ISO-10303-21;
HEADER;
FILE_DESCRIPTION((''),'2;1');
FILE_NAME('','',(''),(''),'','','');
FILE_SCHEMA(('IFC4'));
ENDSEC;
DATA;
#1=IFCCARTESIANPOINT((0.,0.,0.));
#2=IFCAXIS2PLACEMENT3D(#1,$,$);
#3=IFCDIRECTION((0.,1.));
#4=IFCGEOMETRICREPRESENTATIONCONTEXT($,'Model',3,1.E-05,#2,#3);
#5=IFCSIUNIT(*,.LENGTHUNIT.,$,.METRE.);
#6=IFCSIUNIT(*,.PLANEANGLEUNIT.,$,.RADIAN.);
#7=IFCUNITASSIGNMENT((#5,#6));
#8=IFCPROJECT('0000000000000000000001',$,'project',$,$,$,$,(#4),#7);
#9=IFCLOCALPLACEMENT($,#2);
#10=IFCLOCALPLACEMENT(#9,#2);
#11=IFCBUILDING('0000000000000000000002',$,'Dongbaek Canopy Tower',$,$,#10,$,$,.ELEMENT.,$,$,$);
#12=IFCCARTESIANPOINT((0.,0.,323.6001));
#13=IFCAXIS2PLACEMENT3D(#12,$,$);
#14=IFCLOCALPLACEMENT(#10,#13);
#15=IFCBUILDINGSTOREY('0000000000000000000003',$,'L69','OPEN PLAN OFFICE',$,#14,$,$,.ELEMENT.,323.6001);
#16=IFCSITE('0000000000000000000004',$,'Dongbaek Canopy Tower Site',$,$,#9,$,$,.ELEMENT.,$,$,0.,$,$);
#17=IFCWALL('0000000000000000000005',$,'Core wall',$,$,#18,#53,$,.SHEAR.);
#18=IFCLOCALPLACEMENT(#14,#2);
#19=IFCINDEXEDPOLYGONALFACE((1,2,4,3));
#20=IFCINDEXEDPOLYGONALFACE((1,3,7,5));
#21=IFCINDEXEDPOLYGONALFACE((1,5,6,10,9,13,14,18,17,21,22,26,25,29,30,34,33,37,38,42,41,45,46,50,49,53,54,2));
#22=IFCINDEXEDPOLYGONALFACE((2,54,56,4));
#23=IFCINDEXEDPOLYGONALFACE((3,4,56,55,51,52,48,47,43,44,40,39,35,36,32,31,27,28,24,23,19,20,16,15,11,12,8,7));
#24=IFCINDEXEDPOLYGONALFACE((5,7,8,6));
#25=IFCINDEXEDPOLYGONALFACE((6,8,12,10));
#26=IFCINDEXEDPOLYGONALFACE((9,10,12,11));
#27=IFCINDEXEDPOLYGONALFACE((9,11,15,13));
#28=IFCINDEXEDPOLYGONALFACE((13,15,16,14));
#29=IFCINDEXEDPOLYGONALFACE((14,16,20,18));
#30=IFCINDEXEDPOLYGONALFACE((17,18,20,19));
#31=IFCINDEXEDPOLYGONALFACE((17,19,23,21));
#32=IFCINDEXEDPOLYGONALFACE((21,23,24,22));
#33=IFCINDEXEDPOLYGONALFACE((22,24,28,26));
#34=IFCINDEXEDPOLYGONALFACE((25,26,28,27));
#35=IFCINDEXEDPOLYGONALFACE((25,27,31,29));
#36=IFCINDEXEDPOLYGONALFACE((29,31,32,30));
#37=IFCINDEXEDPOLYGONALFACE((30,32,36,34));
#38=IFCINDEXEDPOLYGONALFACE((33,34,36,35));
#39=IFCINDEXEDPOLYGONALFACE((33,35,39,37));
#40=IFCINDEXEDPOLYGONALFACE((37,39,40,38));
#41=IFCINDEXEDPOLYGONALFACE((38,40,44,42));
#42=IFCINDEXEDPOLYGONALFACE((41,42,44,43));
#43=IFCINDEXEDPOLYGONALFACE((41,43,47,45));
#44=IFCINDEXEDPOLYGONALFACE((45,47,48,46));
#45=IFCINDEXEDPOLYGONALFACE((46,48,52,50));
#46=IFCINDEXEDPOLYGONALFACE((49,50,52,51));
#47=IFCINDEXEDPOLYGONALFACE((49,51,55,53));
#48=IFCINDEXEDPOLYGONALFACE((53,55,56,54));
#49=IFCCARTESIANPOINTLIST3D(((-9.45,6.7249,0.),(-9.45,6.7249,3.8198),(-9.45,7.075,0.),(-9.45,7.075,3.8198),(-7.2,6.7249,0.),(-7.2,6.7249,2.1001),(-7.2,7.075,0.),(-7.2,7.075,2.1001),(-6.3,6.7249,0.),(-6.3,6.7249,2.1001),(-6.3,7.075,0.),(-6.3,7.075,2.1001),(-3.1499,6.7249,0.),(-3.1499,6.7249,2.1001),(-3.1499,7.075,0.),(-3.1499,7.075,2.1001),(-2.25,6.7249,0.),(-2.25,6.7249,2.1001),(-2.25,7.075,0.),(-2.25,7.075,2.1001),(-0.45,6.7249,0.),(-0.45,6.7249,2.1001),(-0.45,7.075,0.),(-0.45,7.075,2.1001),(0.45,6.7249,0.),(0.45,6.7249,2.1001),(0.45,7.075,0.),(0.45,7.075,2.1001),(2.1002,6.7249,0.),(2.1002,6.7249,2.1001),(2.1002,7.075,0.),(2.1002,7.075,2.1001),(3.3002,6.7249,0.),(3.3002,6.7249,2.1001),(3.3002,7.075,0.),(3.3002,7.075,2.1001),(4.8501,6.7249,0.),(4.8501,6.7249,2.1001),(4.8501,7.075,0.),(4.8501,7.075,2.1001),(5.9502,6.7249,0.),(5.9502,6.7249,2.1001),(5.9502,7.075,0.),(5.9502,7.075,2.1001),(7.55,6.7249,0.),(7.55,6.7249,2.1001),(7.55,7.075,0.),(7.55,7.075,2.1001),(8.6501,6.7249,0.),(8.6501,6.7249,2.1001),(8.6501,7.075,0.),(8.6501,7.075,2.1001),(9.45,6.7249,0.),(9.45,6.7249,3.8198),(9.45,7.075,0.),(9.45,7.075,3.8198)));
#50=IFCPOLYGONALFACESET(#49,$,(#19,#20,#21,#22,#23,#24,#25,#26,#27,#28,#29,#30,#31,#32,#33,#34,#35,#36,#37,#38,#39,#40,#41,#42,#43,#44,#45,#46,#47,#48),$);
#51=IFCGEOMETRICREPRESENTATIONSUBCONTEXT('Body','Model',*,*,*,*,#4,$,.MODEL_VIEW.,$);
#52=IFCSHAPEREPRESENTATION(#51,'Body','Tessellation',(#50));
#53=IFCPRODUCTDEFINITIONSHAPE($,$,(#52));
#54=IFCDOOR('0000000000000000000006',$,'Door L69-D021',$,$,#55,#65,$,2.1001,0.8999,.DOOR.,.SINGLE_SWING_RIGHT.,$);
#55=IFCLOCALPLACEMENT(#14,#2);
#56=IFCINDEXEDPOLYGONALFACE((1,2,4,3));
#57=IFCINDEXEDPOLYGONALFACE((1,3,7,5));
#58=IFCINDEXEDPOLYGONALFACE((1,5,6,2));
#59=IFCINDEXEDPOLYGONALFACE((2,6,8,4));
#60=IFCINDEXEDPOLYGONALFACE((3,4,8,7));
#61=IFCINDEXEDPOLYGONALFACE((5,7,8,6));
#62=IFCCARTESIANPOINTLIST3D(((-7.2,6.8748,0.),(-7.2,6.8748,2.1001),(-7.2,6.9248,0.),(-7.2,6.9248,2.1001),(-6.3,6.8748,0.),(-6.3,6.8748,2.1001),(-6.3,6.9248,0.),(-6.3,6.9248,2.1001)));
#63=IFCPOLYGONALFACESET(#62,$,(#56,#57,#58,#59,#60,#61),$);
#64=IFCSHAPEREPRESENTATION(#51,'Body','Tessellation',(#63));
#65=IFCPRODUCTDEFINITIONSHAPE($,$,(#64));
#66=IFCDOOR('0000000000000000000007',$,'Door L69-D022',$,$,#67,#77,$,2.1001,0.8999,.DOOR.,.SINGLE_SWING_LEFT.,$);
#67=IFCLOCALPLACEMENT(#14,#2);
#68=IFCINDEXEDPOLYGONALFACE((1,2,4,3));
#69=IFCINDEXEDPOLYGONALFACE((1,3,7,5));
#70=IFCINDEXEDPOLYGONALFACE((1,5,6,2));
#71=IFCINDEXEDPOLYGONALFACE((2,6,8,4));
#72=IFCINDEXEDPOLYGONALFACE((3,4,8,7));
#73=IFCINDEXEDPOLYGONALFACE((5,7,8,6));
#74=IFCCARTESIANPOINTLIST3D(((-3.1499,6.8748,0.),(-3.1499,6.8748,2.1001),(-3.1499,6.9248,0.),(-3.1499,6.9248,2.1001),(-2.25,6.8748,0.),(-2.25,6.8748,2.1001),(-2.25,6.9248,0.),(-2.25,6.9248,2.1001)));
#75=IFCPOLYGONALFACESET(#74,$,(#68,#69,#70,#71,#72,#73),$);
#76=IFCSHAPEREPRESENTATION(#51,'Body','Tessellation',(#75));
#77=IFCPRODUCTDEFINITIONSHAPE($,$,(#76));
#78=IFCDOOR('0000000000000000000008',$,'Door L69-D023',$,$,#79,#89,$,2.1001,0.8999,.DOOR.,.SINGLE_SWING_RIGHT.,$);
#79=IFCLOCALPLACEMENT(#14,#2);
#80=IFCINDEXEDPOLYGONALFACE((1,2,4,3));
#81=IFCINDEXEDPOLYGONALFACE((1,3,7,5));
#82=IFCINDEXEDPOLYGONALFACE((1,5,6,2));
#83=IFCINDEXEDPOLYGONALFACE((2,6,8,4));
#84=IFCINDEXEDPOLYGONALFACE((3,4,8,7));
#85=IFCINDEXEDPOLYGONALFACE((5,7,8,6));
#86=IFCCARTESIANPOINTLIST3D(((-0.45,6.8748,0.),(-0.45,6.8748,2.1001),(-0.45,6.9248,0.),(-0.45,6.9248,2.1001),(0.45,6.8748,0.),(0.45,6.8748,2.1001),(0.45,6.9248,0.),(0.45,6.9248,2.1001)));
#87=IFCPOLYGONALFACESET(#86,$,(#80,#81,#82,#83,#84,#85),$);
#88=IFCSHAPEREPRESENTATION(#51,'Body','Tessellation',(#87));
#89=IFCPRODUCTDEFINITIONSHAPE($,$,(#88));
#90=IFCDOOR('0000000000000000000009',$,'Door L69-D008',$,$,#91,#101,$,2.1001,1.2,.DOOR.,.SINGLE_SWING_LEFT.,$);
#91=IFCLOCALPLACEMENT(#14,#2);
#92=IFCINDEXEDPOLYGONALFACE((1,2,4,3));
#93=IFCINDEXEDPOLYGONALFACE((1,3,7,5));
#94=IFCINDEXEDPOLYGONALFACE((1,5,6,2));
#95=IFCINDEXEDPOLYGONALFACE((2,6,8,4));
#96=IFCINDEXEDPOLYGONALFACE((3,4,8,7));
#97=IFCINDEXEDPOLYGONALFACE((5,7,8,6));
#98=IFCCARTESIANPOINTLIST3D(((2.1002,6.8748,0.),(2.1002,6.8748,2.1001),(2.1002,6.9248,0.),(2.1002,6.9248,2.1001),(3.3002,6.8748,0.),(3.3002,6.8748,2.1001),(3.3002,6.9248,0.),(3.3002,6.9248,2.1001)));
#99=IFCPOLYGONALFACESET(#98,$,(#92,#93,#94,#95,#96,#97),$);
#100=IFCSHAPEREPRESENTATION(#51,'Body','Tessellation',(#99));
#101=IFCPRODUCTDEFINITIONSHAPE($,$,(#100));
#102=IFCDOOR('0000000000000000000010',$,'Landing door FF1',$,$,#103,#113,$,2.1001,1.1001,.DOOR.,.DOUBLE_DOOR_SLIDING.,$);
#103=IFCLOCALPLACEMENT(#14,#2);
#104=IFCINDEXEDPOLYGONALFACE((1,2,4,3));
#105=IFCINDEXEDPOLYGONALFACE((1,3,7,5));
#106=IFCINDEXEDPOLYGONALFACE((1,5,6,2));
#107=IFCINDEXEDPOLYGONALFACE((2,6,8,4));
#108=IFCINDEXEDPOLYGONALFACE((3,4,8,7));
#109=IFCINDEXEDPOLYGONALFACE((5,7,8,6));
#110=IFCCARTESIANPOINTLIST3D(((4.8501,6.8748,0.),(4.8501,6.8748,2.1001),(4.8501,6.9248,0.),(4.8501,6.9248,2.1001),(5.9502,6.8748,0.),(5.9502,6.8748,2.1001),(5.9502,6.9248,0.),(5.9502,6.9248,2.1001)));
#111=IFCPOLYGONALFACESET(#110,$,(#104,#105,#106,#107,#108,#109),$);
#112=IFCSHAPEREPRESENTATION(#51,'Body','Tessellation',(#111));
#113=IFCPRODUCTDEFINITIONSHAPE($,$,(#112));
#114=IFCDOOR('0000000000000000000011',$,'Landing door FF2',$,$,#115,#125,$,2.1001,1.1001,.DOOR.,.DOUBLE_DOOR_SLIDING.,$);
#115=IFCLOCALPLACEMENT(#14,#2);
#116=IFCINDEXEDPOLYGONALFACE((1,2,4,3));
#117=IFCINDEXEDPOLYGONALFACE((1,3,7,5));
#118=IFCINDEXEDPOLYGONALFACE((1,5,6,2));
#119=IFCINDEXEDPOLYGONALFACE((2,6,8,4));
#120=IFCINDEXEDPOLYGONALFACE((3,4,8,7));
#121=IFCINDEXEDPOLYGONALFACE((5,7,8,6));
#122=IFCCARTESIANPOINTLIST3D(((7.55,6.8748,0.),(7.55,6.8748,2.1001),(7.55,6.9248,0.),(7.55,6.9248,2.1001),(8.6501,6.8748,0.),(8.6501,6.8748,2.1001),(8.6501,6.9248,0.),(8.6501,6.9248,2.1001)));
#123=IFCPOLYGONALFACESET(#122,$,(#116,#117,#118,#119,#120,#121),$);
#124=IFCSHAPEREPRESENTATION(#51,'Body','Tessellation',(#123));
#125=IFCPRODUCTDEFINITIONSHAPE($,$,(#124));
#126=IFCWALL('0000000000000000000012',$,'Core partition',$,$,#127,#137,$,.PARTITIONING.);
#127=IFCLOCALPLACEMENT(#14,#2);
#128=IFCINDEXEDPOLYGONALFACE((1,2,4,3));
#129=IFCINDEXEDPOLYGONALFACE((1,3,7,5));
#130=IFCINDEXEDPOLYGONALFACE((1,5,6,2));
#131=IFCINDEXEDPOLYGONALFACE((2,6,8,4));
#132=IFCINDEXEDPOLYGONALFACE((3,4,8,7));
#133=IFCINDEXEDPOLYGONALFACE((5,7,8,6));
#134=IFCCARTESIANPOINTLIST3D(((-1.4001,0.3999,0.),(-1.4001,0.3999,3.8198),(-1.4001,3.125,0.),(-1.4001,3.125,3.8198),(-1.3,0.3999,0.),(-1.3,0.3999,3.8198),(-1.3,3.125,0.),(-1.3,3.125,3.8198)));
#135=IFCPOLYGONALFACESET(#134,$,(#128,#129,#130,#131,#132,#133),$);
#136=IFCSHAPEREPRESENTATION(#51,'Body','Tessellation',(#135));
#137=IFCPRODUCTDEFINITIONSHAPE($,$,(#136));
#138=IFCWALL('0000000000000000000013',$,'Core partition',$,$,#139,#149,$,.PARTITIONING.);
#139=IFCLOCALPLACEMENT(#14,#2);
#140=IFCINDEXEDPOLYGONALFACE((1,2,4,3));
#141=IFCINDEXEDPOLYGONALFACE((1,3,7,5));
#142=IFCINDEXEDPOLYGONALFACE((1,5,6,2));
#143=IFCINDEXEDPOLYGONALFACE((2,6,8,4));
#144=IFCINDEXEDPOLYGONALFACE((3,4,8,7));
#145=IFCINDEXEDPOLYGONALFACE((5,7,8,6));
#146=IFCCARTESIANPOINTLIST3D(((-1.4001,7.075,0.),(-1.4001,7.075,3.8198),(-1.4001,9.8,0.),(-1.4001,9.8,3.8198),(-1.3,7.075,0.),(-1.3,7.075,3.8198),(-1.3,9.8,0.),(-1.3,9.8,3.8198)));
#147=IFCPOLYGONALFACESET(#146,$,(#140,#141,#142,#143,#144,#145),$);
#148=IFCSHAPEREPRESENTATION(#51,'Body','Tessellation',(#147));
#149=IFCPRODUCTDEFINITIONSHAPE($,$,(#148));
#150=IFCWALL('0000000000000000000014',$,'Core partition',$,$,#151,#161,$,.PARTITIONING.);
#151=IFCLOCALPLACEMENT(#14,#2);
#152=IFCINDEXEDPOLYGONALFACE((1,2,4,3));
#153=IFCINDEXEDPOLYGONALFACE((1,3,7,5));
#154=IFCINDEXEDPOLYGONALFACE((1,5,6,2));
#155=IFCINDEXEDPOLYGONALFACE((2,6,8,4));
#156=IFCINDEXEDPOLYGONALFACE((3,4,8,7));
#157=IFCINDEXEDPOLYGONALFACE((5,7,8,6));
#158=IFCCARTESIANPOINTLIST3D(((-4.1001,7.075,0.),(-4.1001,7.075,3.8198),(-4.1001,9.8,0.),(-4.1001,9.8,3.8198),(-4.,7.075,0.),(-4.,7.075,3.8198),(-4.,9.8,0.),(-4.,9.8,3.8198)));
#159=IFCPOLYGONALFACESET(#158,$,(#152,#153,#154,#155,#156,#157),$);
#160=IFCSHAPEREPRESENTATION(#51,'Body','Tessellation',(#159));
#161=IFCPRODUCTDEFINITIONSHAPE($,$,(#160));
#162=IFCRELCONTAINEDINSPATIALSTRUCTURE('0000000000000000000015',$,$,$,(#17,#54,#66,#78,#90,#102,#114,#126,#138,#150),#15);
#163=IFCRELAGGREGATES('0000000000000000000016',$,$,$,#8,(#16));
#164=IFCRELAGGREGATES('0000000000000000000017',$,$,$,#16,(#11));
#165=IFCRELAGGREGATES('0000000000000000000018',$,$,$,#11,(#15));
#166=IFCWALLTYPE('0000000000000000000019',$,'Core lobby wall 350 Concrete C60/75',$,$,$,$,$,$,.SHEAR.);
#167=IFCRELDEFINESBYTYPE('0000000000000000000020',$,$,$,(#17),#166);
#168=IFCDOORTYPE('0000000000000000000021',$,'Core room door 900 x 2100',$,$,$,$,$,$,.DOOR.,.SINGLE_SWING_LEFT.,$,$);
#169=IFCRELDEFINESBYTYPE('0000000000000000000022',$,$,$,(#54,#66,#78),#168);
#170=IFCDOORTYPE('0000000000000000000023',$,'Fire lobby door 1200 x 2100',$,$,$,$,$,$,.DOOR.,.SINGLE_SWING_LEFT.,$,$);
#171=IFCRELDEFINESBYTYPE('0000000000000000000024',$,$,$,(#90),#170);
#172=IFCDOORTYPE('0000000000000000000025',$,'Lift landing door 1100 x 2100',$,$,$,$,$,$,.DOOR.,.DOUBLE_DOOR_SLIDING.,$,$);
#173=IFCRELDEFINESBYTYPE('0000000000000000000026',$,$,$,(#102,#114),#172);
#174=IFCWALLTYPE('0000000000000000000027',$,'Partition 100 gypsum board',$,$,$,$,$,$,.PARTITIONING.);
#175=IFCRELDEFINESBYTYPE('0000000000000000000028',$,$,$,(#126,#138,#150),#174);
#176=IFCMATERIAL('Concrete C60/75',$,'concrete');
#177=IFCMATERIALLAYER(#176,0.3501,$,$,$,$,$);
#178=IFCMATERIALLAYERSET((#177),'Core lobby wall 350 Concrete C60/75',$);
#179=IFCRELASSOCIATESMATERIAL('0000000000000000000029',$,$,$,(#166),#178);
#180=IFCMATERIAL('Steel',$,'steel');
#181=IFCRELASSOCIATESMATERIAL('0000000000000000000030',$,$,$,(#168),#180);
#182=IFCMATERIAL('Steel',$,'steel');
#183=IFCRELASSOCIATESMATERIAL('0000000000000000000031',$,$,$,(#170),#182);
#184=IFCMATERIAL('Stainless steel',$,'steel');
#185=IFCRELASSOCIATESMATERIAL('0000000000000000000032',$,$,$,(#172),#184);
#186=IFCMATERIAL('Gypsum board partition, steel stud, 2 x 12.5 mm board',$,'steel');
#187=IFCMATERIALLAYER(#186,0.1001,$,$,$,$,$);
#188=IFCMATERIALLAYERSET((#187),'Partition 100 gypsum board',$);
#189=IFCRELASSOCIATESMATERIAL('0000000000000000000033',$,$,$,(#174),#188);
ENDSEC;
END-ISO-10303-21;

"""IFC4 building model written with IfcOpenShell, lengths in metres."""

from ifc_helpers import new_model, si_unit, direction, frame, frame_2d, origin, place, context, subcontext, project, spatial, rectangle, extrude, material, layer, layer_set, type_object, element, fill, save


model = new_model("IFC4")

# Units and contexts
model_context = context("Model", 3, precision=1e-05, world=origin(), true_north=direction((0.0, 1.0)))
body_context = subcontext(model_context, "Body", "Model", "MODEL_VIEW")
ifc_project = project(units=[si_unit("LENGTHUNIT", "METRE"), si_unit("PLANEANGLEUNIT", "RADIAN")], contexts=[model_context])

# Site, building, storey
site_placement = place(None, origin())
site = spatial("IfcSite", under=ifc_project, at=site_placement, Name="Dongbaek Canopy Tower Site", CompositionType="ELEMENT", RefElevation=0.0)
building_placement = place(site_placement, origin())
building = spatial("IfcBuilding", under=site, at=building_placement, Name="Dongbaek Canopy Tower", CompositionType="ELEMENT")
storey_placement = place(building_placement, frame((0.0, 0.0, 323.6001)))
storey = spatial("IfcBuildingStorey", under=building, at=storey_placement, Name="L69", Description="OPEN PLAN OFFICE", CompositionType="ELEMENT", Elevation=323.6001)

# Wall, openings, doors
ifc_material_1 = material(Name="Concrete C60/75", Category="concrete")
ifc_layer_1 = layer(ifc_material_1, 0.3501)
ifc_layer_set_1 = layer_set([ifc_layer_1], Name="Core lobby wall 350 Concrete C60/75")
wall_type_1 = type_object("IfcWallType", Name="Core lobby wall 350 Concrete C60/75", PredefinedType="SHEAR", material=ifc_layer_set_1)
wall_1_placement = place(storey_placement, frame((-9.45, 6.8999, 0.0), z_axis=(0.0, 0.0, 1.0), x_axis=(1.0, 0.0, 0.0)))
wall_1 = element("IfcWall", 1, at=wall_1_placement, inside=storey, type_object=wall_type_1, Name="Core wall", PredefinedType="SHEAR", context=body_context, shape_type="SweptSolid", body=[
    extrude(rectangle(XDim=18.8999, YDim=0.3501, at=frame_2d((9.45, 0.0))), origin(), (0.0, 0.0, 1.0), 3.8198),
])
opening_1_placement = place(wall_1_placement, frame((11.55, 0.0, 0.0)))
opening_1 = element("IfcOpeningElement", 2, at=opening_1_placement, cuts=wall_1, PredefinedType="OPENING", context=body_context, shape_type="SweptSolid", body=[
    extrude(rectangle(XDim=1.2, YDim=2.1001, at=frame_2d((0.6001, 1.05))), frame((0.0, 0.1851, 0.0), z_axis=(0.0, -1.0, 0.0), x_axis=(1.0, 0.0, 0.0)), (0.0, 0.0, 1.0), 0.3701),
])
opening_2_placement = place(wall_1_placement, frame((14.3, 0.0, 0.0)))
opening_2 = element("IfcOpeningElement", 3, at=opening_2_placement, cuts=wall_1, PredefinedType="OPENING", context=body_context, shape_type="SweptSolid", body=[
    extrude(rectangle(XDim=1.1001, YDim=2.1001, at=frame_2d((0.55, 1.05))), frame((0.0, 0.1851, 0.0), z_axis=(0.0, -1.0, 0.0), x_axis=(1.0, 0.0, 0.0)), (0.0, 0.0, 1.0), 0.3701),
])
opening_3_placement = place(wall_1_placement, frame((17.0, 0.0, 0.0)))
opening_3 = element("IfcOpeningElement", 4, at=opening_3_placement, cuts=wall_1, PredefinedType="OPENING", context=body_context, shape_type="SweptSolid", body=[
    extrude(rectangle(XDim=1.1001, YDim=2.1001, at=frame_2d((0.55, 1.05))), frame((0.0, 0.1851, 0.0), z_axis=(0.0, -1.0, 0.0), x_axis=(1.0, 0.0, 0.0)), (0.0, 0.0, 1.0), 0.3701),
])
opening_4_placement = place(wall_1_placement, frame((2.25, 0.0, 0.0)))
opening_4 = element("IfcOpeningElement", 5, at=opening_4_placement, cuts=wall_1, PredefinedType="OPENING", context=body_context, shape_type="SweptSolid", body=[
    extrude(rectangle(XDim=0.8999, YDim=2.1001, at=frame_2d((0.45, 1.05))), frame((0.0, 0.1851, 0.0), z_axis=(0.0, -1.0, 0.0), x_axis=(1.0, 0.0, 0.0)), (0.0, 0.0, 1.0), 0.3701),
])
opening_5_placement = place(wall_1_placement, frame((6.3, 0.0, 0.0)))
opening_5 = element("IfcOpeningElement", 6, at=opening_5_placement, cuts=wall_1, PredefinedType="OPENING", context=body_context, shape_type="SweptSolid", body=[
    extrude(rectangle(XDim=0.8999, YDim=2.1001, at=frame_2d((0.45, 1.05))), frame((0.0, 0.1851, 0.0), z_axis=(0.0, -1.0, 0.0), x_axis=(1.0, 0.0, 0.0)), (0.0, 0.0, 1.0), 0.3701),
])
opening_6_placement = place(wall_1_placement, frame((9.0, 0.0, 0.0)))
opening_6 = element("IfcOpeningElement", 7, at=opening_6_placement, cuts=wall_1, PredefinedType="OPENING", context=body_context, shape_type="SweptSolid", body=[
    extrude(rectangle(XDim=0.8999, YDim=2.1001, at=frame_2d((0.45, 1.05))), frame((0.0, 0.1851, 0.0), z_axis=(0.0, -1.0, 0.0), x_axis=(1.0, 0.0, 0.0)), (0.0, 0.0, 1.0), 0.3701),
])
ifc_material_2 = material(Name="Steel", Category="steel")
door_type_1 = type_object("IfcDoorType", Name="Core room door 900 x 2100", OperationType="SINGLE_SWING_LEFT", PredefinedType="DOOR", material=ifc_material_2)
door_1_placement = place(opening_4_placement, origin())
door_1 = element("IfcDoor", 8, at=door_1_placement, inside=storey, type_object=door_type_1, Name="Door L69-D021", OperationType="SINGLE_SWING_RIGHT", OverallHeight=2.1001, OverallWidth=0.8999, PredefinedType="DOOR", context=body_context, shape_type="SweptSolid", body=[
    extrude(rectangle(XDim=0.8999, YDim=2.1001, at=frame_2d((0.45, 1.05))), frame((0.0, 0.0249, 0.0), z_axis=(0.0, -1.0, 0.0), x_axis=(1.0, 0.0, 0.0)), (0.0, 0.0, 1.0), 0.05),
])
fill(opening_4, door_1)
door_2_placement = place(opening_5_placement, origin())
door_2 = element("IfcDoor", 9, at=door_2_placement, inside=storey, type_object=door_type_1, Name="Door L69-D022", OperationType="SINGLE_SWING_LEFT", OverallHeight=2.1001, OverallWidth=0.8999, PredefinedType="DOOR", context=body_context, shape_type="SweptSolid", body=[
    extrude(rectangle(XDim=0.8999, YDim=2.1001, at=frame_2d((0.45, 1.05))), frame((0.0, 0.0249, 0.0), z_axis=(0.0, -1.0, 0.0), x_axis=(1.0, 0.0, 0.0)), (0.0, 0.0, 1.0), 0.05),
])
fill(opening_5, door_2)
door_3_placement = place(opening_6_placement, origin())
door_3 = element("IfcDoor", 10, at=door_3_placement, inside=storey, type_object=door_type_1, Name="Door L69-D023", OperationType="SINGLE_SWING_RIGHT", OverallHeight=2.1001, OverallWidth=0.8999, PredefinedType="DOOR", context=body_context, shape_type="SweptSolid", body=[
    extrude(rectangle(XDim=0.8999, YDim=2.1001, at=frame_2d((0.45, 1.05))), frame((0.0, 0.0249, 0.0), z_axis=(0.0, -1.0, 0.0), x_axis=(1.0, 0.0, 0.0)), (0.0, 0.0, 1.0), 0.05),
])
fill(opening_6, door_3)
ifc_material_3 = material(Name="Steel", Category="steel")
door_type_2 = type_object("IfcDoorType", Name="Fire lobby door 1200 x 2100", OperationType="SINGLE_SWING_LEFT", PredefinedType="DOOR", material=ifc_material_3)
door_4_placement = place(opening_1_placement, origin())
door_4 = element("IfcDoor", 11, at=door_4_placement, inside=storey, type_object=door_type_2, Name="Door L69-D008", OperationType="SINGLE_SWING_LEFT", OverallHeight=2.1001, OverallWidth=1.2, PredefinedType="DOOR", context=body_context, shape_type="SweptSolid", body=[
    extrude(rectangle(XDim=1.2, YDim=2.1001, at=frame_2d((0.6001, 1.05))), frame((0.0, 0.0249, 0.0), z_axis=(0.0, -1.0, 0.0), x_axis=(1.0, 0.0, 0.0)), (0.0, 0.0, 1.0), 0.05),
])
fill(opening_1, door_4)
ifc_material_4 = material(Name="Stainless steel", Category="steel")
door_type_3 = type_object("IfcDoorType", Name="Lift landing door 1100 x 2100", OperationType="DOUBLE_DOOR_SLIDING", PredefinedType="DOOR", material=ifc_material_4)
door_5_placement = place(opening_2_placement, origin())
door_5 = element("IfcDoor", 12, at=door_5_placement, inside=storey, type_object=door_type_3, Name="Landing door FF1", OperationType="DOUBLE_DOOR_SLIDING", OverallHeight=2.1001, OverallWidth=1.1001, PredefinedType="DOOR", context=body_context, shape_type="SweptSolid", body=[
    extrude(rectangle(XDim=1.1001, YDim=2.1001, at=frame_2d((0.55, 1.05))), frame((0.0, 0.0249, 0.0), z_axis=(0.0, -1.0, 0.0), x_axis=(1.0, 0.0, 0.0)), (0.0, 0.0, 1.0), 0.05),
])
fill(opening_2, door_5)
door_6_placement = place(opening_3_placement, origin())
door_6 = element("IfcDoor", 13, at=door_6_placement, inside=storey, type_object=door_type_3, Name="Landing door FF2", OperationType="DOUBLE_DOOR_SLIDING", OverallHeight=2.1001, OverallWidth=1.1001, PredefinedType="DOOR", context=body_context, shape_type="SweptSolid", body=[
    extrude(rectangle(XDim=1.1001, YDim=2.1001, at=frame_2d((0.55, 1.05))), frame((0.0, 0.0249, 0.0), z_axis=(0.0, -1.0, 0.0), x_axis=(1.0, 0.0, 0.0)), (0.0, 0.0, 1.0), 0.05),
])
fill(opening_3, door_6)

# Walls
ifc_material_5 = material(Name="Gypsum board partition, steel stud, 2 x 12.5 mm board", Category="steel")
ifc_layer_2 = layer(ifc_material_5, 0.1001)
ifc_layer_set_2 = layer_set([ifc_layer_2], Name="Partition 100 gypsum board")
wall_type_2 = type_object("IfcWallType", Name="Partition 100 gypsum board", PredefinedType="PARTITIONING", material=ifc_layer_set_2)
for number, where, z_axis, x_axis, name in (
    (14, (-1.3501, 0.3999, 0.0), (0.0, 0.0, 1.0), (0.0, 1.0, 0.0), "Core partition"),
    (15, (-1.3501, 7.075, 0.0), (0.0, 0.0, 1.0), (0.0, 1.0, 0.0), "Core partition"),
    (16, (-4.05, 7.075, 0.0), (0.0, 0.0, 1.0), (0.0, 1.0, 0.0), "Core partition"),
):
    element("IfcWall", number, at=place(storey_placement, frame(where, z_axis=z_axis, x_axis=x_axis)), inside=storey, type_object=wall_type_2, Name=name, PredefinedType="PARTITIONING", context=body_context, shape_type="SweptSolid", body=[
        extrude(rectangle(XDim=2.7251, YDim=0.1001, at=frame_2d((1.3625, 0.0))), origin(), (0.0, 0.0, 1.0), 3.8198),
    ])

save(model, "model.ifc")
